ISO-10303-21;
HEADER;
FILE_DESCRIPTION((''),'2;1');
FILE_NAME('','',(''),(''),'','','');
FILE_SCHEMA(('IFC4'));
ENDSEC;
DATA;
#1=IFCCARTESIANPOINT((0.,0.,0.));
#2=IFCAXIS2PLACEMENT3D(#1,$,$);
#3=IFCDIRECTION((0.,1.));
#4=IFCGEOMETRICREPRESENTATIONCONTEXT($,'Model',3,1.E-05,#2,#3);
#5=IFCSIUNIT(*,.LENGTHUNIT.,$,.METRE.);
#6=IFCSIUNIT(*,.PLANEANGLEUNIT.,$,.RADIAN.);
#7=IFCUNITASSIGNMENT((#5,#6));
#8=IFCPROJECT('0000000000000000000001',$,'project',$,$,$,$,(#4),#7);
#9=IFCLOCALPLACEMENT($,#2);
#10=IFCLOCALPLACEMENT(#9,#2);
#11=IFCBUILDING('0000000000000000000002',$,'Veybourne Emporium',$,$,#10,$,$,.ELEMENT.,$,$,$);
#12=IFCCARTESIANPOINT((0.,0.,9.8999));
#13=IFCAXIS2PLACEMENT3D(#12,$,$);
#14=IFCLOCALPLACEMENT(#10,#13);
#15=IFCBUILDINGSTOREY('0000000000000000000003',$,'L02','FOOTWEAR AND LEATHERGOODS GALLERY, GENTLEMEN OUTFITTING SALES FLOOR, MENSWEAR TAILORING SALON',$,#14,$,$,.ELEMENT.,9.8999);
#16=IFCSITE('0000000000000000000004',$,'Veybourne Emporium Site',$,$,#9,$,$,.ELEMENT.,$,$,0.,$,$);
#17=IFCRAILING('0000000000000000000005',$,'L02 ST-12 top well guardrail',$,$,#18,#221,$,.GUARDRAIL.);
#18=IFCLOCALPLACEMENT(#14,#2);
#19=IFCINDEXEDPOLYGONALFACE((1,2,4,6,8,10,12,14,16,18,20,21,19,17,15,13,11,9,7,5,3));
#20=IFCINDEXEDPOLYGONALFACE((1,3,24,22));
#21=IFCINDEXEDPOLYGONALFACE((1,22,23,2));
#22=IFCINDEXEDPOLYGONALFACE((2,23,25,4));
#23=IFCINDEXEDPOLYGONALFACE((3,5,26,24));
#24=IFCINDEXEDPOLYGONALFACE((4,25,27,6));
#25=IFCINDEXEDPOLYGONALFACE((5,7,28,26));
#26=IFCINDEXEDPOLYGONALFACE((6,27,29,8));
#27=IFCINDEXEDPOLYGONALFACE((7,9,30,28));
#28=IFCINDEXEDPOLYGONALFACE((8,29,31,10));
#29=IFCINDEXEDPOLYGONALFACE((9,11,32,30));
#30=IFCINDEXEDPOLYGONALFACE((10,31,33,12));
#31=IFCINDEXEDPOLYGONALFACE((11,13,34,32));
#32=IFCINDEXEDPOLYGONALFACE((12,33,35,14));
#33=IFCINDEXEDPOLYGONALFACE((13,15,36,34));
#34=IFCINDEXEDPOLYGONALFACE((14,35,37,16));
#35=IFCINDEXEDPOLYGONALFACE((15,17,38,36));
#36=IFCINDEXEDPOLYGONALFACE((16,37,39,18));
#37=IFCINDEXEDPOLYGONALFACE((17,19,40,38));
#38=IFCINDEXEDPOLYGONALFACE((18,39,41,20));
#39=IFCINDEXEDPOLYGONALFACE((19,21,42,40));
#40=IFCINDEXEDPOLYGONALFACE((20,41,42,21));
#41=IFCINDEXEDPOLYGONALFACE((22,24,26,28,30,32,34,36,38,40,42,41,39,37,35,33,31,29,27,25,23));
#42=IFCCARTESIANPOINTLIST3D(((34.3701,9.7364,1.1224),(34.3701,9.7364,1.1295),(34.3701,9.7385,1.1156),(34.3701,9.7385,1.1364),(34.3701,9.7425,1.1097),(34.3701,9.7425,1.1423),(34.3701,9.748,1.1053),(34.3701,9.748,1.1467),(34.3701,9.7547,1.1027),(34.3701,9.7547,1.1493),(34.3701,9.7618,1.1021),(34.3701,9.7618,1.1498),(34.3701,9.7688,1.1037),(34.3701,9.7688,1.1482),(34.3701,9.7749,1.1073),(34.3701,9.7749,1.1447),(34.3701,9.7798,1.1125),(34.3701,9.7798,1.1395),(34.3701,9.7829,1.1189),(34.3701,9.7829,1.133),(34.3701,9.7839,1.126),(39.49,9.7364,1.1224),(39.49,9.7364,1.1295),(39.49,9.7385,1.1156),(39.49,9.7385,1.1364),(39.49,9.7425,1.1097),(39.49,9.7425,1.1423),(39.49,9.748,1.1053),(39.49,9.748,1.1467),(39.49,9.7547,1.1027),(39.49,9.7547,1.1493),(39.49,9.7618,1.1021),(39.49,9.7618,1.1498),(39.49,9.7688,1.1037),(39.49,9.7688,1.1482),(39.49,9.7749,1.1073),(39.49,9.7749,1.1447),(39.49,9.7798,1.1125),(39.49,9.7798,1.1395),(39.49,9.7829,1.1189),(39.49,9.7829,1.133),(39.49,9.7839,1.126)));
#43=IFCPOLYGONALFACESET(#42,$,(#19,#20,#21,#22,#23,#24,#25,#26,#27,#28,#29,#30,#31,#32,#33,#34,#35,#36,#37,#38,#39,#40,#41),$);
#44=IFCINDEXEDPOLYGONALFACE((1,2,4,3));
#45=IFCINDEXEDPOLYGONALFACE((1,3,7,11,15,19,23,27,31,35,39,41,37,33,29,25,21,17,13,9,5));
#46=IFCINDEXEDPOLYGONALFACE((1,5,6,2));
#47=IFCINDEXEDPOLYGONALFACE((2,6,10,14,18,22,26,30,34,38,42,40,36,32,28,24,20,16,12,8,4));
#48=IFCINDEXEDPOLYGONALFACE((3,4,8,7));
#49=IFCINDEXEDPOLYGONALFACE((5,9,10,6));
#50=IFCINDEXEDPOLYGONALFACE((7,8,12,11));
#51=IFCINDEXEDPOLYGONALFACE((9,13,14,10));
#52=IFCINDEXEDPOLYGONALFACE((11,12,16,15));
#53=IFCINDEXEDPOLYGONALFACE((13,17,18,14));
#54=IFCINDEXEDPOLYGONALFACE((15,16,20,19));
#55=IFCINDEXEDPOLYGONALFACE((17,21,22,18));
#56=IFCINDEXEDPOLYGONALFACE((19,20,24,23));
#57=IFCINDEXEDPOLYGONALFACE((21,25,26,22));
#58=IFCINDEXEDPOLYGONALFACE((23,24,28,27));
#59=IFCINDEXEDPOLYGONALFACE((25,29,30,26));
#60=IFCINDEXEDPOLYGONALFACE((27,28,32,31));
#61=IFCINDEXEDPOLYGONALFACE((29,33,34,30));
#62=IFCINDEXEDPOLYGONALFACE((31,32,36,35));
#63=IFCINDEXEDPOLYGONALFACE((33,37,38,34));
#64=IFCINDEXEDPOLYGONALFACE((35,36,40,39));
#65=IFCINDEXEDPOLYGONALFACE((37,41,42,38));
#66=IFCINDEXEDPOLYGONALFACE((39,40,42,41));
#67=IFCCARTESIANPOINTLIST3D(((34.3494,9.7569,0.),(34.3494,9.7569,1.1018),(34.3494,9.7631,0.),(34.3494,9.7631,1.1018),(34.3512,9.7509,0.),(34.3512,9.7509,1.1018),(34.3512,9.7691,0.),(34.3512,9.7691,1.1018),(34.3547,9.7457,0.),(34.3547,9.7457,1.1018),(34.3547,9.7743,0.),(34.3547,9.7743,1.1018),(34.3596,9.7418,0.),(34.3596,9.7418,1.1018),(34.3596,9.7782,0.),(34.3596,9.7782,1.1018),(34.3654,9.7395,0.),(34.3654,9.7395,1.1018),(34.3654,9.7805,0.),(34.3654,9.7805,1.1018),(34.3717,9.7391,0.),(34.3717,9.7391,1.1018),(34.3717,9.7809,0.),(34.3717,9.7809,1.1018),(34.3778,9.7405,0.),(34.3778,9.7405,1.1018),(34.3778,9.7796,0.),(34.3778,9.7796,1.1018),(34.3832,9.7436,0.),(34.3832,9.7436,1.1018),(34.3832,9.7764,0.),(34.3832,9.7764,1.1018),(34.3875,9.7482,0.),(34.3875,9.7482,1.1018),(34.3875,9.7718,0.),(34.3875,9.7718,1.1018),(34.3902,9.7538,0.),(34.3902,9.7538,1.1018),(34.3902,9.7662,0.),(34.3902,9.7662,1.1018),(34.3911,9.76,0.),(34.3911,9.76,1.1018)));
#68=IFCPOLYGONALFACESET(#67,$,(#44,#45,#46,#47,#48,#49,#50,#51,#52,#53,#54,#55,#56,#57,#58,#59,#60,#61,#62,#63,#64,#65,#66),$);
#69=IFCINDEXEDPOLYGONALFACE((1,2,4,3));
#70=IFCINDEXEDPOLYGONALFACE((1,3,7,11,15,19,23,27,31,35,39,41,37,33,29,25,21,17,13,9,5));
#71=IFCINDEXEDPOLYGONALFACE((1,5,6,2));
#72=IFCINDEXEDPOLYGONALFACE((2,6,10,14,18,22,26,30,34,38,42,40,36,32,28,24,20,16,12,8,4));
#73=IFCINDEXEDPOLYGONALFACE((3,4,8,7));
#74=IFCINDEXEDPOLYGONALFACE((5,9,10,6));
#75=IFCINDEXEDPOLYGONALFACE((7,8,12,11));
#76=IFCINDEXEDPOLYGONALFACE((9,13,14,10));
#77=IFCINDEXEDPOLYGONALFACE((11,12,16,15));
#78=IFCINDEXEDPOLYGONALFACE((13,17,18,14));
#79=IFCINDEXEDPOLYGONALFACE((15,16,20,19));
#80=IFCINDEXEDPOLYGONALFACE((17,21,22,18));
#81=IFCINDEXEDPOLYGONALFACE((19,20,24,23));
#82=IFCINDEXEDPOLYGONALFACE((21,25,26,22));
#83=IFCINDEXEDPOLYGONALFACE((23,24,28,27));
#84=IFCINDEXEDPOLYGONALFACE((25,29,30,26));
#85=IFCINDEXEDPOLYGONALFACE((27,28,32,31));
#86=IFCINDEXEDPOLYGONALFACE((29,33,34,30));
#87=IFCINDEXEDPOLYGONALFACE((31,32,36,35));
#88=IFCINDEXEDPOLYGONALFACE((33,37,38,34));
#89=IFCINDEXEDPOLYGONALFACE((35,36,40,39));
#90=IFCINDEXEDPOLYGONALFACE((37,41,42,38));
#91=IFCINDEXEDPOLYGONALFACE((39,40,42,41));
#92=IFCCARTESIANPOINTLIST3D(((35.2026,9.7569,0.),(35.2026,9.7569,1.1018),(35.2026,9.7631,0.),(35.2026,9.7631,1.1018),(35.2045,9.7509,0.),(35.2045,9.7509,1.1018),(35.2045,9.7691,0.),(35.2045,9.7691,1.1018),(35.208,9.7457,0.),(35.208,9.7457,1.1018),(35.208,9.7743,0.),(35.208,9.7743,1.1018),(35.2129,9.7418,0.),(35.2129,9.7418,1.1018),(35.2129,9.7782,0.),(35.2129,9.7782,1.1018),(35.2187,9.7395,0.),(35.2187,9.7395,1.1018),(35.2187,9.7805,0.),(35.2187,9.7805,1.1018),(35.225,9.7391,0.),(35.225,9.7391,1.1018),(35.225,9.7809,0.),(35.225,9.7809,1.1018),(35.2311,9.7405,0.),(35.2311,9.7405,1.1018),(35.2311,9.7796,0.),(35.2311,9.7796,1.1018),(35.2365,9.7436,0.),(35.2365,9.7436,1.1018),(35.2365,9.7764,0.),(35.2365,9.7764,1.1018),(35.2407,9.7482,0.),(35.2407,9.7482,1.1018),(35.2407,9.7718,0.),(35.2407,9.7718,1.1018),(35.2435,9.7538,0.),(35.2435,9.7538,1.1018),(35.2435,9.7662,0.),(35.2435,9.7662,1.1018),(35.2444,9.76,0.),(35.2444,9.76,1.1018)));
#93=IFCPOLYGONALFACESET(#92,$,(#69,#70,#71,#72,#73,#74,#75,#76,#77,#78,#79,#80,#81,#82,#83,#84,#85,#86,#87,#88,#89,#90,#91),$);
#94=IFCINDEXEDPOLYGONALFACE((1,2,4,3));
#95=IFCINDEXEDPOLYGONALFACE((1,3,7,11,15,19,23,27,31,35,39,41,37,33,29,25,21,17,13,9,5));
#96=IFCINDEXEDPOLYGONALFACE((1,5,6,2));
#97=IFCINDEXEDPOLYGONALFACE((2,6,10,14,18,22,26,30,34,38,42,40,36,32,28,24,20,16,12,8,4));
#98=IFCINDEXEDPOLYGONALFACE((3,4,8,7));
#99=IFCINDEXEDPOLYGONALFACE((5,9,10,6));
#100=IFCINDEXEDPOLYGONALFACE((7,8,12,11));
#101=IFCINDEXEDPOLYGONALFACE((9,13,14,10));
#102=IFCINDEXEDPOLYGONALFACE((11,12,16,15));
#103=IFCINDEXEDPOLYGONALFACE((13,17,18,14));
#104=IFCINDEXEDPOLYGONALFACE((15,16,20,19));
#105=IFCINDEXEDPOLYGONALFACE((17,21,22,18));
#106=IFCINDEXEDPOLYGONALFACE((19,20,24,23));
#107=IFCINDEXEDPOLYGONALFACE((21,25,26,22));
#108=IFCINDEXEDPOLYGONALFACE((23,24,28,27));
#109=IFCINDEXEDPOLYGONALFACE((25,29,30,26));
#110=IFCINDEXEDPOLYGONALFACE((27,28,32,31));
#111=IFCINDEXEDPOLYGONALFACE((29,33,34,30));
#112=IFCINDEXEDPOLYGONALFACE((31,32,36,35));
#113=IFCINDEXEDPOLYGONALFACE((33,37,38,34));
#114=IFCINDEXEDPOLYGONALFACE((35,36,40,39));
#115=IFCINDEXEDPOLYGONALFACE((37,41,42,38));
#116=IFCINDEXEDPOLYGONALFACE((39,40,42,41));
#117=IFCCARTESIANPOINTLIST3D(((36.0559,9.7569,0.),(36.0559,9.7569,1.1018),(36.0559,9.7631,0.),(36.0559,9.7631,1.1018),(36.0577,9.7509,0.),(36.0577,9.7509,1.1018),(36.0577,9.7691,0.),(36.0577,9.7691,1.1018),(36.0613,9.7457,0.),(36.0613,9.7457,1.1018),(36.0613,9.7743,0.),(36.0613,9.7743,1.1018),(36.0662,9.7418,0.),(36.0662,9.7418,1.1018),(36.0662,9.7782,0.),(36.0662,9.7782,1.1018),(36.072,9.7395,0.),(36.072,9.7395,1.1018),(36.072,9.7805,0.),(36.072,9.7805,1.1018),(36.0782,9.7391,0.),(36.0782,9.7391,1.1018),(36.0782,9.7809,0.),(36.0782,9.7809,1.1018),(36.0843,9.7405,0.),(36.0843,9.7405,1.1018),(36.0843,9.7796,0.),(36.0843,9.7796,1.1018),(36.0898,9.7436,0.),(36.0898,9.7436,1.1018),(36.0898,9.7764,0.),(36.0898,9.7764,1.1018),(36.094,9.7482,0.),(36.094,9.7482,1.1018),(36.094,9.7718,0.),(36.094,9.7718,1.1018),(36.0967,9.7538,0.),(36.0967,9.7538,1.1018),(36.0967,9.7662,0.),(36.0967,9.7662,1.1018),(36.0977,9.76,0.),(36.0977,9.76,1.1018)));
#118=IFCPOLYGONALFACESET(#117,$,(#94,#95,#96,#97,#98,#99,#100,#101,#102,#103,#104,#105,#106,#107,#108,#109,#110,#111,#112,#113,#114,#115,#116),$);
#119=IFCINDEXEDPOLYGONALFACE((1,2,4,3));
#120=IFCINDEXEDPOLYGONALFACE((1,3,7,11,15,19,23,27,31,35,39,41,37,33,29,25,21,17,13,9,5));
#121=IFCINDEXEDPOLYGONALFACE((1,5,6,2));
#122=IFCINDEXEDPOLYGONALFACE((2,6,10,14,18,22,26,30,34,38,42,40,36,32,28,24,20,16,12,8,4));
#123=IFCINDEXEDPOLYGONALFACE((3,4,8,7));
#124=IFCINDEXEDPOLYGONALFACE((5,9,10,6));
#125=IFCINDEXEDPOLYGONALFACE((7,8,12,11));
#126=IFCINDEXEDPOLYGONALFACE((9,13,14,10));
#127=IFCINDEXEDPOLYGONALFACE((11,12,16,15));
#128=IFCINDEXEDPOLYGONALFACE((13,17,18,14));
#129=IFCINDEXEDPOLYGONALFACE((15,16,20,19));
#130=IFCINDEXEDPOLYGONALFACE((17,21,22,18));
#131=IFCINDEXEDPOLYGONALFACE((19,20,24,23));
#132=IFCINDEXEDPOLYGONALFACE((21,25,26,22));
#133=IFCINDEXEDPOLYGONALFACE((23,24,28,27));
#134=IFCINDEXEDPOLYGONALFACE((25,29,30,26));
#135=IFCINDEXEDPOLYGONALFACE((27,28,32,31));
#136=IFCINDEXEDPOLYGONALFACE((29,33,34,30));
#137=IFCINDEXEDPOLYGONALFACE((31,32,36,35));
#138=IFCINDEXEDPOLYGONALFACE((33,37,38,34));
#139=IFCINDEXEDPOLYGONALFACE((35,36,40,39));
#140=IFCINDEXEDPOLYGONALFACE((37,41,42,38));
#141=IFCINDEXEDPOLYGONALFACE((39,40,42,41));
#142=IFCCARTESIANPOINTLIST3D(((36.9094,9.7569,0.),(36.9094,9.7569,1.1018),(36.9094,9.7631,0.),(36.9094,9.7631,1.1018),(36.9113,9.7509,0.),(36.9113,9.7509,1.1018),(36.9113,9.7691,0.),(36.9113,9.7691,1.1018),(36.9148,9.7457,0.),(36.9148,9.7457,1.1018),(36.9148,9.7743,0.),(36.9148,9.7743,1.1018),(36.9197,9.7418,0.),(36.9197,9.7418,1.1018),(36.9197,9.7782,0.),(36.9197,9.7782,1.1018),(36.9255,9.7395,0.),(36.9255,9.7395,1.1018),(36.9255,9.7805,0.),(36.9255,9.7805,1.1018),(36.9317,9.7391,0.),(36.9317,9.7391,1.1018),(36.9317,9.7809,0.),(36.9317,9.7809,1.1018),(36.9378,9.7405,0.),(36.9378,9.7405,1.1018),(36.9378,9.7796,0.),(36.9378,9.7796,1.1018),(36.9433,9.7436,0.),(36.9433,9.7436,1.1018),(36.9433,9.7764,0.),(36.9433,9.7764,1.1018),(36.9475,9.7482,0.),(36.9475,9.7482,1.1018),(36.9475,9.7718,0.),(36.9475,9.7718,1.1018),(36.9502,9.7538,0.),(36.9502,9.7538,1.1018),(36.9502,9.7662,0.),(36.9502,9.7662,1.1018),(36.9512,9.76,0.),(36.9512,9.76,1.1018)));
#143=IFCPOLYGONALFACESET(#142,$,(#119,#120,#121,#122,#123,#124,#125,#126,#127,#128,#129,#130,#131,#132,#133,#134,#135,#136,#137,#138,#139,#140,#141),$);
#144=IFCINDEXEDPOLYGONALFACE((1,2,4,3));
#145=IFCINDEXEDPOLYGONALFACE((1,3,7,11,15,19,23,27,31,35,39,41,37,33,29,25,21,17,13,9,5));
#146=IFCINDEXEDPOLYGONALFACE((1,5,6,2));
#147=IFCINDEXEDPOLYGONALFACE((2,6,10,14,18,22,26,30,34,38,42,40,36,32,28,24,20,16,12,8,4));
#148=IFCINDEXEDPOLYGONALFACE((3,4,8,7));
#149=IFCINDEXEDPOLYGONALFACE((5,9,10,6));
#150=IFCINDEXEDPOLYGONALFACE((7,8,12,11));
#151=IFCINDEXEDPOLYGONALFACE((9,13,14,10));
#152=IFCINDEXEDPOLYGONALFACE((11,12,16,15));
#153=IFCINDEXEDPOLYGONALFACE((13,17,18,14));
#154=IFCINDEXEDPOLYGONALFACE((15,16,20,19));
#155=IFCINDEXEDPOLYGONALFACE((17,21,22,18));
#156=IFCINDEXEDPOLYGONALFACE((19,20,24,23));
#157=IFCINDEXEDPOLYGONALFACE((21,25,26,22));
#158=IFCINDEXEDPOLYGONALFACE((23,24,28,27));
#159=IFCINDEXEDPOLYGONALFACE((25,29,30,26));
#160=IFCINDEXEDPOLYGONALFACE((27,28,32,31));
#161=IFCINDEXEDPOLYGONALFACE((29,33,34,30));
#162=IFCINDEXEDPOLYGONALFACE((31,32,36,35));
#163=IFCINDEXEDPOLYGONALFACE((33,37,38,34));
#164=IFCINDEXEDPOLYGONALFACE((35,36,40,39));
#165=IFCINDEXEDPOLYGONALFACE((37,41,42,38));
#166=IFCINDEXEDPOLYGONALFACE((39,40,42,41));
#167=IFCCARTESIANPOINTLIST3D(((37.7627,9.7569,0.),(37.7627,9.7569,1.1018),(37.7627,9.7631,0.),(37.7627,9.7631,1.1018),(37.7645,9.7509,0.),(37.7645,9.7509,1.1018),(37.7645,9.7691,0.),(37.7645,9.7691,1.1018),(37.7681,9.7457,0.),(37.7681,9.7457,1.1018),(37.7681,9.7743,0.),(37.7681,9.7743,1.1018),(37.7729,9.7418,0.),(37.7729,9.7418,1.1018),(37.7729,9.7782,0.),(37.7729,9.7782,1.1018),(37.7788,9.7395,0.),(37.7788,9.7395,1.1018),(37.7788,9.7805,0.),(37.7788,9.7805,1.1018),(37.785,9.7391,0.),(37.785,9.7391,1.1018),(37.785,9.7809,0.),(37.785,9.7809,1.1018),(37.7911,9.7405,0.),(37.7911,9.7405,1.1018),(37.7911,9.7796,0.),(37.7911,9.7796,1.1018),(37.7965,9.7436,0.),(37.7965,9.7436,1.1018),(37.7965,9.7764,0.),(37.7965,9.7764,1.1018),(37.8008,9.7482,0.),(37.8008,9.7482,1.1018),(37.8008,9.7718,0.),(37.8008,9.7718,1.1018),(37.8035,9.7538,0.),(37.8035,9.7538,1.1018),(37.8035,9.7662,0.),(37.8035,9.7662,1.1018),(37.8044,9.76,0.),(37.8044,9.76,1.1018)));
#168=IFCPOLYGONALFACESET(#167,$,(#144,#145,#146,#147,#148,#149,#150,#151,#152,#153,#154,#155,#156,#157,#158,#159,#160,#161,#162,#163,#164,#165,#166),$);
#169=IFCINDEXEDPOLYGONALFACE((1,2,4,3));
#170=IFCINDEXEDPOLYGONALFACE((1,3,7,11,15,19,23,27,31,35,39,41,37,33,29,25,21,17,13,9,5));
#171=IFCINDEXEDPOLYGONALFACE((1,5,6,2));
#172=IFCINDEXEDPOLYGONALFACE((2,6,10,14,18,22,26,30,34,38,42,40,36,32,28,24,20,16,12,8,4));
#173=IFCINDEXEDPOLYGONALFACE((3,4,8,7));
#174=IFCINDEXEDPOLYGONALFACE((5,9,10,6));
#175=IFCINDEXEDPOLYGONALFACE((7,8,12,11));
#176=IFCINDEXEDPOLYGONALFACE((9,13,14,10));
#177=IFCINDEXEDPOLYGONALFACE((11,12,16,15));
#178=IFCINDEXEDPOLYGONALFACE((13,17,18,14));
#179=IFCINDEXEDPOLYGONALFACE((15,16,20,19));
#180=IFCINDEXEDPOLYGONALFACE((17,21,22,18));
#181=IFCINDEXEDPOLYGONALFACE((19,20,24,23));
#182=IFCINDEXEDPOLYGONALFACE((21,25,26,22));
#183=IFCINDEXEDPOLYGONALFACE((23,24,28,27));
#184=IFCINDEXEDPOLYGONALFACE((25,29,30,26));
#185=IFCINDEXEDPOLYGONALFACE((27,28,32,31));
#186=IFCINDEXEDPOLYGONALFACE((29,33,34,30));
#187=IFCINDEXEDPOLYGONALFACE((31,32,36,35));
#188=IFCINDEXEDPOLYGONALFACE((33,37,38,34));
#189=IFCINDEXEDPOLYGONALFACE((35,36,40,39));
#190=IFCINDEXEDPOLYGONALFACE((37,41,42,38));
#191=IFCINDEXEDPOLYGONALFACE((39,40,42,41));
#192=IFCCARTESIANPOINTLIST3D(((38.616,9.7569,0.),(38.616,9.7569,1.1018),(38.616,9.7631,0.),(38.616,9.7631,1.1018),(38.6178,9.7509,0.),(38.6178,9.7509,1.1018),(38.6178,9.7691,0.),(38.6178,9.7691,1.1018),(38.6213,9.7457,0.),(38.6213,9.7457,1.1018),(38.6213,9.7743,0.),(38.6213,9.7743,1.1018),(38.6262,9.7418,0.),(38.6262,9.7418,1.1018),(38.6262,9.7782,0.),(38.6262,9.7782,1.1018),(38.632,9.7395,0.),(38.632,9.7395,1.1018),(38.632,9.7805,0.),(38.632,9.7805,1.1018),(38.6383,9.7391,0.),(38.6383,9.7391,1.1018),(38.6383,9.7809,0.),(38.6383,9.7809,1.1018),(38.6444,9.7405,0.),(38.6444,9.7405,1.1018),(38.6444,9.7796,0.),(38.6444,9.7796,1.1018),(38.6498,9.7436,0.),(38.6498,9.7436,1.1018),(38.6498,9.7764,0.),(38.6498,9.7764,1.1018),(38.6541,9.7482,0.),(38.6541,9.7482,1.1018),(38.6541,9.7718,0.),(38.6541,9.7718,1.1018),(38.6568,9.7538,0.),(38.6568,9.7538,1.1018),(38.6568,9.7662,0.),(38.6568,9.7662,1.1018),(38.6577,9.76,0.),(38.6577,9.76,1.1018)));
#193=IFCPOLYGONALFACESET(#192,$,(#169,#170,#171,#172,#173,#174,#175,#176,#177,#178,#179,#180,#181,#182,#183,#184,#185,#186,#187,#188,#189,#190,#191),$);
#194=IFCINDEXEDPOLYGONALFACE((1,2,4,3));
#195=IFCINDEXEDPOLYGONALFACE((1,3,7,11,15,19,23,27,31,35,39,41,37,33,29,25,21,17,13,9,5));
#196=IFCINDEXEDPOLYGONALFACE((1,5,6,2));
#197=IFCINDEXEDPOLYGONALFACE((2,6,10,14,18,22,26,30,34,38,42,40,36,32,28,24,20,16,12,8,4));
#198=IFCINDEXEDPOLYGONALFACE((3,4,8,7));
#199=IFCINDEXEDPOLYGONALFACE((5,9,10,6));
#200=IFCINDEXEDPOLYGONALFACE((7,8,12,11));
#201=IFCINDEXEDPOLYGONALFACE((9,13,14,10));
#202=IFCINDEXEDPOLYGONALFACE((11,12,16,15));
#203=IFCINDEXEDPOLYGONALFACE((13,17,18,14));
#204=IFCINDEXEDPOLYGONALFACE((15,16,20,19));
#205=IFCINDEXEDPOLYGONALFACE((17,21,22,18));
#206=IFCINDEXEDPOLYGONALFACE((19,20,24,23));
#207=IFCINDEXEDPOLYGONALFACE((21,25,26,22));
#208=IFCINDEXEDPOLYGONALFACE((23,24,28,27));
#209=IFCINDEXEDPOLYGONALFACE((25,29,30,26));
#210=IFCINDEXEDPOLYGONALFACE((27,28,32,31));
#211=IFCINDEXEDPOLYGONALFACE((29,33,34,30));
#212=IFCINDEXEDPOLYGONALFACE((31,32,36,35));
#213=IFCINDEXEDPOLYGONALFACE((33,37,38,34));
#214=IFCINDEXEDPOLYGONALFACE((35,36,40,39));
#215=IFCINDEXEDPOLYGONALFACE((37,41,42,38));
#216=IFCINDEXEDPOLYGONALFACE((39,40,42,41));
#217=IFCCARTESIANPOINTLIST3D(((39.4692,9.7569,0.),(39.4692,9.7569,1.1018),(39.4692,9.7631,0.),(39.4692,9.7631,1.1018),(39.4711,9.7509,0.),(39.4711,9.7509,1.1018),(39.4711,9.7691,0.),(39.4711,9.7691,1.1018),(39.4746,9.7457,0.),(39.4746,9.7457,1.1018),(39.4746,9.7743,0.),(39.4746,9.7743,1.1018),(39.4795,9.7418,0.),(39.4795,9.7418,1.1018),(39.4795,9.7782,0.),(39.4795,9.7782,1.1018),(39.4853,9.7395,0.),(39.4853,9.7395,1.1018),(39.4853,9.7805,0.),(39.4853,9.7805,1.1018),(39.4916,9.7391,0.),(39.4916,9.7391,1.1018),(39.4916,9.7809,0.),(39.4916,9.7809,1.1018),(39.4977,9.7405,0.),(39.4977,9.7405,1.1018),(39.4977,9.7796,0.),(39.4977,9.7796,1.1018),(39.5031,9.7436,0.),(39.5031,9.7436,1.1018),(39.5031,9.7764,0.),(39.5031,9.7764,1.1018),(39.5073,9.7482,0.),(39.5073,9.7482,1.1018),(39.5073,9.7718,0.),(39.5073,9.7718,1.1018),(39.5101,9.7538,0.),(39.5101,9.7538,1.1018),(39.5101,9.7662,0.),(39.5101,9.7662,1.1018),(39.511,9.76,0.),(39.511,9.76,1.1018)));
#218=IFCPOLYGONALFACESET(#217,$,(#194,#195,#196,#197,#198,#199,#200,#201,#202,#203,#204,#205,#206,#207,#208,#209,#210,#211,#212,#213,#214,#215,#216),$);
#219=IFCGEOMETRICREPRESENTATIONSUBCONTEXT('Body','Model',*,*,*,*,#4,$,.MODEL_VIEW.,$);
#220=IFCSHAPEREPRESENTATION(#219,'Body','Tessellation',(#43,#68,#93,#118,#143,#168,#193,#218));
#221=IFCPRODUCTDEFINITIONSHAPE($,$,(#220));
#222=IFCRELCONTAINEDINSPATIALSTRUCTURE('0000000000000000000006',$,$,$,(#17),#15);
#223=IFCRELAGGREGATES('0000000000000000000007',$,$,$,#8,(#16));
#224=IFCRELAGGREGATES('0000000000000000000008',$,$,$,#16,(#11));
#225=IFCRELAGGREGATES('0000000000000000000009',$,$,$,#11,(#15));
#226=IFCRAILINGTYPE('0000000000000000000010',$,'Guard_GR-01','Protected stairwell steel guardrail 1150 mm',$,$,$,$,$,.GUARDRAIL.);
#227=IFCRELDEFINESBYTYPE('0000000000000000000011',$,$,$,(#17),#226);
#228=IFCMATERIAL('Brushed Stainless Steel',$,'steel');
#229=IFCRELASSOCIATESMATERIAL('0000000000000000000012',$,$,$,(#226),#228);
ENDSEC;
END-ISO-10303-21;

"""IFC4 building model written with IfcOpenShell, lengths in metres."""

from ifc_helpers import new_model, si_unit, direction, frame, origin, origin_2d, place, context, subcontext, project, spatial, circle, extrude, material, type_object, element, save


model = new_model("IFC4")

# Units and contexts
model_context = context("Model", 3, precision=1e-05, world=origin(), true_north=direction((0.0, 1.0)))
body_context = subcontext(model_context, "Body", "Model", "MODEL_VIEW")
ifc_project = project(units=[si_unit("LENGTHUNIT", "METRE"), si_unit("PLANEANGLEUNIT", "RADIAN")], contexts=[model_context])

# Site, building, storey
site_placement = place(None, origin())
site = spatial("IfcSite", under=ifc_project, at=site_placement, Name="Veybourne Emporium Site", CompositionType="ELEMENT", RefElevation=0.0)
building_placement = place(site_placement, origin())
building = spatial("IfcBuilding", under=site, at=building_placement, Name="Veybourne Emporium", CompositionType="ELEMENT")
storey_placement = place(building_placement, frame((0.0, 0.0, 9.8999)))
storey = spatial("IfcBuildingStorey", under=building, at=storey_placement, Name="L02", Description="FOOTWEAR AND LEATHERGOODS GALLERY, GENTLEMEN OUTFITTING SALES FLOOR, MENSWEAR TAILORING SALON", CompositionType="ELEMENT", Elevation=9.8999)

# Railing
ifc_material_1 = material(Name="Brushed Stainless Steel", Category="steel")
railing_type = type_object("IfcRailingType", Name="Guard_GR-01", Description="Protected stairwell steel guardrail 1150 mm", PredefinedType="GUARDRAIL", material=ifc_material_1)
railing_placement = place(storey_placement, frame((34.3701, 9.76, 0.0)))
element("IfcRailing", 1, at=railing_placement, inside=storey, type_object=railing_type, Name="L02 ST-12 top well guardrail", PredefinedType="GUARDRAIL", context=body_context, shape_type="SweptSolid", body=[
    extrude(circle(Radius=0.0239, at=origin_2d()), frame((0.0, 0.0, 1.126), z_axis=(1.0, 0.0, 0.0), x_axis=(0.0, 1.0, 0.0)), (0.0, 0.0, 1.0), 5.1199),
    extrude(circle(Radius=0.021, at=origin_2d()), origin(), (0.0, 0.0, 1.0), 1.1018),
    extrude(circle(Radius=0.021, at=origin_2d()), frame((0.8533, 0.0, 0.0)), (0.0, 0.0, 1.0), 1.1018),
    extrude(circle(Radius=0.021, at=origin_2d()), frame((1.7065, 0.0, 0.0)), (0.0, 0.0, 1.0), 1.1018),
    extrude(circle(Radius=0.021, at=origin_2d()), frame((2.5601, 0.0, 0.0)), (0.0, 0.0, 1.0), 1.1018),
    extrude(circle(Radius=0.021, at=origin_2d()), frame((3.4133, 0.0, 0.0)), (0.0, 0.0, 1.0), 1.1018),
    extrude(circle(Radius=0.021, at=origin_2d()), frame((4.2666, 0.0, 0.0)), (0.0, 0.0, 1.0), 1.1018),
    extrude(circle(Radius=0.021, at=origin_2d()), frame((5.1199, 0.0, 0.0)), (0.0, 0.0, 1.0), 1.1018),
])

save(model, "model.ifc")
